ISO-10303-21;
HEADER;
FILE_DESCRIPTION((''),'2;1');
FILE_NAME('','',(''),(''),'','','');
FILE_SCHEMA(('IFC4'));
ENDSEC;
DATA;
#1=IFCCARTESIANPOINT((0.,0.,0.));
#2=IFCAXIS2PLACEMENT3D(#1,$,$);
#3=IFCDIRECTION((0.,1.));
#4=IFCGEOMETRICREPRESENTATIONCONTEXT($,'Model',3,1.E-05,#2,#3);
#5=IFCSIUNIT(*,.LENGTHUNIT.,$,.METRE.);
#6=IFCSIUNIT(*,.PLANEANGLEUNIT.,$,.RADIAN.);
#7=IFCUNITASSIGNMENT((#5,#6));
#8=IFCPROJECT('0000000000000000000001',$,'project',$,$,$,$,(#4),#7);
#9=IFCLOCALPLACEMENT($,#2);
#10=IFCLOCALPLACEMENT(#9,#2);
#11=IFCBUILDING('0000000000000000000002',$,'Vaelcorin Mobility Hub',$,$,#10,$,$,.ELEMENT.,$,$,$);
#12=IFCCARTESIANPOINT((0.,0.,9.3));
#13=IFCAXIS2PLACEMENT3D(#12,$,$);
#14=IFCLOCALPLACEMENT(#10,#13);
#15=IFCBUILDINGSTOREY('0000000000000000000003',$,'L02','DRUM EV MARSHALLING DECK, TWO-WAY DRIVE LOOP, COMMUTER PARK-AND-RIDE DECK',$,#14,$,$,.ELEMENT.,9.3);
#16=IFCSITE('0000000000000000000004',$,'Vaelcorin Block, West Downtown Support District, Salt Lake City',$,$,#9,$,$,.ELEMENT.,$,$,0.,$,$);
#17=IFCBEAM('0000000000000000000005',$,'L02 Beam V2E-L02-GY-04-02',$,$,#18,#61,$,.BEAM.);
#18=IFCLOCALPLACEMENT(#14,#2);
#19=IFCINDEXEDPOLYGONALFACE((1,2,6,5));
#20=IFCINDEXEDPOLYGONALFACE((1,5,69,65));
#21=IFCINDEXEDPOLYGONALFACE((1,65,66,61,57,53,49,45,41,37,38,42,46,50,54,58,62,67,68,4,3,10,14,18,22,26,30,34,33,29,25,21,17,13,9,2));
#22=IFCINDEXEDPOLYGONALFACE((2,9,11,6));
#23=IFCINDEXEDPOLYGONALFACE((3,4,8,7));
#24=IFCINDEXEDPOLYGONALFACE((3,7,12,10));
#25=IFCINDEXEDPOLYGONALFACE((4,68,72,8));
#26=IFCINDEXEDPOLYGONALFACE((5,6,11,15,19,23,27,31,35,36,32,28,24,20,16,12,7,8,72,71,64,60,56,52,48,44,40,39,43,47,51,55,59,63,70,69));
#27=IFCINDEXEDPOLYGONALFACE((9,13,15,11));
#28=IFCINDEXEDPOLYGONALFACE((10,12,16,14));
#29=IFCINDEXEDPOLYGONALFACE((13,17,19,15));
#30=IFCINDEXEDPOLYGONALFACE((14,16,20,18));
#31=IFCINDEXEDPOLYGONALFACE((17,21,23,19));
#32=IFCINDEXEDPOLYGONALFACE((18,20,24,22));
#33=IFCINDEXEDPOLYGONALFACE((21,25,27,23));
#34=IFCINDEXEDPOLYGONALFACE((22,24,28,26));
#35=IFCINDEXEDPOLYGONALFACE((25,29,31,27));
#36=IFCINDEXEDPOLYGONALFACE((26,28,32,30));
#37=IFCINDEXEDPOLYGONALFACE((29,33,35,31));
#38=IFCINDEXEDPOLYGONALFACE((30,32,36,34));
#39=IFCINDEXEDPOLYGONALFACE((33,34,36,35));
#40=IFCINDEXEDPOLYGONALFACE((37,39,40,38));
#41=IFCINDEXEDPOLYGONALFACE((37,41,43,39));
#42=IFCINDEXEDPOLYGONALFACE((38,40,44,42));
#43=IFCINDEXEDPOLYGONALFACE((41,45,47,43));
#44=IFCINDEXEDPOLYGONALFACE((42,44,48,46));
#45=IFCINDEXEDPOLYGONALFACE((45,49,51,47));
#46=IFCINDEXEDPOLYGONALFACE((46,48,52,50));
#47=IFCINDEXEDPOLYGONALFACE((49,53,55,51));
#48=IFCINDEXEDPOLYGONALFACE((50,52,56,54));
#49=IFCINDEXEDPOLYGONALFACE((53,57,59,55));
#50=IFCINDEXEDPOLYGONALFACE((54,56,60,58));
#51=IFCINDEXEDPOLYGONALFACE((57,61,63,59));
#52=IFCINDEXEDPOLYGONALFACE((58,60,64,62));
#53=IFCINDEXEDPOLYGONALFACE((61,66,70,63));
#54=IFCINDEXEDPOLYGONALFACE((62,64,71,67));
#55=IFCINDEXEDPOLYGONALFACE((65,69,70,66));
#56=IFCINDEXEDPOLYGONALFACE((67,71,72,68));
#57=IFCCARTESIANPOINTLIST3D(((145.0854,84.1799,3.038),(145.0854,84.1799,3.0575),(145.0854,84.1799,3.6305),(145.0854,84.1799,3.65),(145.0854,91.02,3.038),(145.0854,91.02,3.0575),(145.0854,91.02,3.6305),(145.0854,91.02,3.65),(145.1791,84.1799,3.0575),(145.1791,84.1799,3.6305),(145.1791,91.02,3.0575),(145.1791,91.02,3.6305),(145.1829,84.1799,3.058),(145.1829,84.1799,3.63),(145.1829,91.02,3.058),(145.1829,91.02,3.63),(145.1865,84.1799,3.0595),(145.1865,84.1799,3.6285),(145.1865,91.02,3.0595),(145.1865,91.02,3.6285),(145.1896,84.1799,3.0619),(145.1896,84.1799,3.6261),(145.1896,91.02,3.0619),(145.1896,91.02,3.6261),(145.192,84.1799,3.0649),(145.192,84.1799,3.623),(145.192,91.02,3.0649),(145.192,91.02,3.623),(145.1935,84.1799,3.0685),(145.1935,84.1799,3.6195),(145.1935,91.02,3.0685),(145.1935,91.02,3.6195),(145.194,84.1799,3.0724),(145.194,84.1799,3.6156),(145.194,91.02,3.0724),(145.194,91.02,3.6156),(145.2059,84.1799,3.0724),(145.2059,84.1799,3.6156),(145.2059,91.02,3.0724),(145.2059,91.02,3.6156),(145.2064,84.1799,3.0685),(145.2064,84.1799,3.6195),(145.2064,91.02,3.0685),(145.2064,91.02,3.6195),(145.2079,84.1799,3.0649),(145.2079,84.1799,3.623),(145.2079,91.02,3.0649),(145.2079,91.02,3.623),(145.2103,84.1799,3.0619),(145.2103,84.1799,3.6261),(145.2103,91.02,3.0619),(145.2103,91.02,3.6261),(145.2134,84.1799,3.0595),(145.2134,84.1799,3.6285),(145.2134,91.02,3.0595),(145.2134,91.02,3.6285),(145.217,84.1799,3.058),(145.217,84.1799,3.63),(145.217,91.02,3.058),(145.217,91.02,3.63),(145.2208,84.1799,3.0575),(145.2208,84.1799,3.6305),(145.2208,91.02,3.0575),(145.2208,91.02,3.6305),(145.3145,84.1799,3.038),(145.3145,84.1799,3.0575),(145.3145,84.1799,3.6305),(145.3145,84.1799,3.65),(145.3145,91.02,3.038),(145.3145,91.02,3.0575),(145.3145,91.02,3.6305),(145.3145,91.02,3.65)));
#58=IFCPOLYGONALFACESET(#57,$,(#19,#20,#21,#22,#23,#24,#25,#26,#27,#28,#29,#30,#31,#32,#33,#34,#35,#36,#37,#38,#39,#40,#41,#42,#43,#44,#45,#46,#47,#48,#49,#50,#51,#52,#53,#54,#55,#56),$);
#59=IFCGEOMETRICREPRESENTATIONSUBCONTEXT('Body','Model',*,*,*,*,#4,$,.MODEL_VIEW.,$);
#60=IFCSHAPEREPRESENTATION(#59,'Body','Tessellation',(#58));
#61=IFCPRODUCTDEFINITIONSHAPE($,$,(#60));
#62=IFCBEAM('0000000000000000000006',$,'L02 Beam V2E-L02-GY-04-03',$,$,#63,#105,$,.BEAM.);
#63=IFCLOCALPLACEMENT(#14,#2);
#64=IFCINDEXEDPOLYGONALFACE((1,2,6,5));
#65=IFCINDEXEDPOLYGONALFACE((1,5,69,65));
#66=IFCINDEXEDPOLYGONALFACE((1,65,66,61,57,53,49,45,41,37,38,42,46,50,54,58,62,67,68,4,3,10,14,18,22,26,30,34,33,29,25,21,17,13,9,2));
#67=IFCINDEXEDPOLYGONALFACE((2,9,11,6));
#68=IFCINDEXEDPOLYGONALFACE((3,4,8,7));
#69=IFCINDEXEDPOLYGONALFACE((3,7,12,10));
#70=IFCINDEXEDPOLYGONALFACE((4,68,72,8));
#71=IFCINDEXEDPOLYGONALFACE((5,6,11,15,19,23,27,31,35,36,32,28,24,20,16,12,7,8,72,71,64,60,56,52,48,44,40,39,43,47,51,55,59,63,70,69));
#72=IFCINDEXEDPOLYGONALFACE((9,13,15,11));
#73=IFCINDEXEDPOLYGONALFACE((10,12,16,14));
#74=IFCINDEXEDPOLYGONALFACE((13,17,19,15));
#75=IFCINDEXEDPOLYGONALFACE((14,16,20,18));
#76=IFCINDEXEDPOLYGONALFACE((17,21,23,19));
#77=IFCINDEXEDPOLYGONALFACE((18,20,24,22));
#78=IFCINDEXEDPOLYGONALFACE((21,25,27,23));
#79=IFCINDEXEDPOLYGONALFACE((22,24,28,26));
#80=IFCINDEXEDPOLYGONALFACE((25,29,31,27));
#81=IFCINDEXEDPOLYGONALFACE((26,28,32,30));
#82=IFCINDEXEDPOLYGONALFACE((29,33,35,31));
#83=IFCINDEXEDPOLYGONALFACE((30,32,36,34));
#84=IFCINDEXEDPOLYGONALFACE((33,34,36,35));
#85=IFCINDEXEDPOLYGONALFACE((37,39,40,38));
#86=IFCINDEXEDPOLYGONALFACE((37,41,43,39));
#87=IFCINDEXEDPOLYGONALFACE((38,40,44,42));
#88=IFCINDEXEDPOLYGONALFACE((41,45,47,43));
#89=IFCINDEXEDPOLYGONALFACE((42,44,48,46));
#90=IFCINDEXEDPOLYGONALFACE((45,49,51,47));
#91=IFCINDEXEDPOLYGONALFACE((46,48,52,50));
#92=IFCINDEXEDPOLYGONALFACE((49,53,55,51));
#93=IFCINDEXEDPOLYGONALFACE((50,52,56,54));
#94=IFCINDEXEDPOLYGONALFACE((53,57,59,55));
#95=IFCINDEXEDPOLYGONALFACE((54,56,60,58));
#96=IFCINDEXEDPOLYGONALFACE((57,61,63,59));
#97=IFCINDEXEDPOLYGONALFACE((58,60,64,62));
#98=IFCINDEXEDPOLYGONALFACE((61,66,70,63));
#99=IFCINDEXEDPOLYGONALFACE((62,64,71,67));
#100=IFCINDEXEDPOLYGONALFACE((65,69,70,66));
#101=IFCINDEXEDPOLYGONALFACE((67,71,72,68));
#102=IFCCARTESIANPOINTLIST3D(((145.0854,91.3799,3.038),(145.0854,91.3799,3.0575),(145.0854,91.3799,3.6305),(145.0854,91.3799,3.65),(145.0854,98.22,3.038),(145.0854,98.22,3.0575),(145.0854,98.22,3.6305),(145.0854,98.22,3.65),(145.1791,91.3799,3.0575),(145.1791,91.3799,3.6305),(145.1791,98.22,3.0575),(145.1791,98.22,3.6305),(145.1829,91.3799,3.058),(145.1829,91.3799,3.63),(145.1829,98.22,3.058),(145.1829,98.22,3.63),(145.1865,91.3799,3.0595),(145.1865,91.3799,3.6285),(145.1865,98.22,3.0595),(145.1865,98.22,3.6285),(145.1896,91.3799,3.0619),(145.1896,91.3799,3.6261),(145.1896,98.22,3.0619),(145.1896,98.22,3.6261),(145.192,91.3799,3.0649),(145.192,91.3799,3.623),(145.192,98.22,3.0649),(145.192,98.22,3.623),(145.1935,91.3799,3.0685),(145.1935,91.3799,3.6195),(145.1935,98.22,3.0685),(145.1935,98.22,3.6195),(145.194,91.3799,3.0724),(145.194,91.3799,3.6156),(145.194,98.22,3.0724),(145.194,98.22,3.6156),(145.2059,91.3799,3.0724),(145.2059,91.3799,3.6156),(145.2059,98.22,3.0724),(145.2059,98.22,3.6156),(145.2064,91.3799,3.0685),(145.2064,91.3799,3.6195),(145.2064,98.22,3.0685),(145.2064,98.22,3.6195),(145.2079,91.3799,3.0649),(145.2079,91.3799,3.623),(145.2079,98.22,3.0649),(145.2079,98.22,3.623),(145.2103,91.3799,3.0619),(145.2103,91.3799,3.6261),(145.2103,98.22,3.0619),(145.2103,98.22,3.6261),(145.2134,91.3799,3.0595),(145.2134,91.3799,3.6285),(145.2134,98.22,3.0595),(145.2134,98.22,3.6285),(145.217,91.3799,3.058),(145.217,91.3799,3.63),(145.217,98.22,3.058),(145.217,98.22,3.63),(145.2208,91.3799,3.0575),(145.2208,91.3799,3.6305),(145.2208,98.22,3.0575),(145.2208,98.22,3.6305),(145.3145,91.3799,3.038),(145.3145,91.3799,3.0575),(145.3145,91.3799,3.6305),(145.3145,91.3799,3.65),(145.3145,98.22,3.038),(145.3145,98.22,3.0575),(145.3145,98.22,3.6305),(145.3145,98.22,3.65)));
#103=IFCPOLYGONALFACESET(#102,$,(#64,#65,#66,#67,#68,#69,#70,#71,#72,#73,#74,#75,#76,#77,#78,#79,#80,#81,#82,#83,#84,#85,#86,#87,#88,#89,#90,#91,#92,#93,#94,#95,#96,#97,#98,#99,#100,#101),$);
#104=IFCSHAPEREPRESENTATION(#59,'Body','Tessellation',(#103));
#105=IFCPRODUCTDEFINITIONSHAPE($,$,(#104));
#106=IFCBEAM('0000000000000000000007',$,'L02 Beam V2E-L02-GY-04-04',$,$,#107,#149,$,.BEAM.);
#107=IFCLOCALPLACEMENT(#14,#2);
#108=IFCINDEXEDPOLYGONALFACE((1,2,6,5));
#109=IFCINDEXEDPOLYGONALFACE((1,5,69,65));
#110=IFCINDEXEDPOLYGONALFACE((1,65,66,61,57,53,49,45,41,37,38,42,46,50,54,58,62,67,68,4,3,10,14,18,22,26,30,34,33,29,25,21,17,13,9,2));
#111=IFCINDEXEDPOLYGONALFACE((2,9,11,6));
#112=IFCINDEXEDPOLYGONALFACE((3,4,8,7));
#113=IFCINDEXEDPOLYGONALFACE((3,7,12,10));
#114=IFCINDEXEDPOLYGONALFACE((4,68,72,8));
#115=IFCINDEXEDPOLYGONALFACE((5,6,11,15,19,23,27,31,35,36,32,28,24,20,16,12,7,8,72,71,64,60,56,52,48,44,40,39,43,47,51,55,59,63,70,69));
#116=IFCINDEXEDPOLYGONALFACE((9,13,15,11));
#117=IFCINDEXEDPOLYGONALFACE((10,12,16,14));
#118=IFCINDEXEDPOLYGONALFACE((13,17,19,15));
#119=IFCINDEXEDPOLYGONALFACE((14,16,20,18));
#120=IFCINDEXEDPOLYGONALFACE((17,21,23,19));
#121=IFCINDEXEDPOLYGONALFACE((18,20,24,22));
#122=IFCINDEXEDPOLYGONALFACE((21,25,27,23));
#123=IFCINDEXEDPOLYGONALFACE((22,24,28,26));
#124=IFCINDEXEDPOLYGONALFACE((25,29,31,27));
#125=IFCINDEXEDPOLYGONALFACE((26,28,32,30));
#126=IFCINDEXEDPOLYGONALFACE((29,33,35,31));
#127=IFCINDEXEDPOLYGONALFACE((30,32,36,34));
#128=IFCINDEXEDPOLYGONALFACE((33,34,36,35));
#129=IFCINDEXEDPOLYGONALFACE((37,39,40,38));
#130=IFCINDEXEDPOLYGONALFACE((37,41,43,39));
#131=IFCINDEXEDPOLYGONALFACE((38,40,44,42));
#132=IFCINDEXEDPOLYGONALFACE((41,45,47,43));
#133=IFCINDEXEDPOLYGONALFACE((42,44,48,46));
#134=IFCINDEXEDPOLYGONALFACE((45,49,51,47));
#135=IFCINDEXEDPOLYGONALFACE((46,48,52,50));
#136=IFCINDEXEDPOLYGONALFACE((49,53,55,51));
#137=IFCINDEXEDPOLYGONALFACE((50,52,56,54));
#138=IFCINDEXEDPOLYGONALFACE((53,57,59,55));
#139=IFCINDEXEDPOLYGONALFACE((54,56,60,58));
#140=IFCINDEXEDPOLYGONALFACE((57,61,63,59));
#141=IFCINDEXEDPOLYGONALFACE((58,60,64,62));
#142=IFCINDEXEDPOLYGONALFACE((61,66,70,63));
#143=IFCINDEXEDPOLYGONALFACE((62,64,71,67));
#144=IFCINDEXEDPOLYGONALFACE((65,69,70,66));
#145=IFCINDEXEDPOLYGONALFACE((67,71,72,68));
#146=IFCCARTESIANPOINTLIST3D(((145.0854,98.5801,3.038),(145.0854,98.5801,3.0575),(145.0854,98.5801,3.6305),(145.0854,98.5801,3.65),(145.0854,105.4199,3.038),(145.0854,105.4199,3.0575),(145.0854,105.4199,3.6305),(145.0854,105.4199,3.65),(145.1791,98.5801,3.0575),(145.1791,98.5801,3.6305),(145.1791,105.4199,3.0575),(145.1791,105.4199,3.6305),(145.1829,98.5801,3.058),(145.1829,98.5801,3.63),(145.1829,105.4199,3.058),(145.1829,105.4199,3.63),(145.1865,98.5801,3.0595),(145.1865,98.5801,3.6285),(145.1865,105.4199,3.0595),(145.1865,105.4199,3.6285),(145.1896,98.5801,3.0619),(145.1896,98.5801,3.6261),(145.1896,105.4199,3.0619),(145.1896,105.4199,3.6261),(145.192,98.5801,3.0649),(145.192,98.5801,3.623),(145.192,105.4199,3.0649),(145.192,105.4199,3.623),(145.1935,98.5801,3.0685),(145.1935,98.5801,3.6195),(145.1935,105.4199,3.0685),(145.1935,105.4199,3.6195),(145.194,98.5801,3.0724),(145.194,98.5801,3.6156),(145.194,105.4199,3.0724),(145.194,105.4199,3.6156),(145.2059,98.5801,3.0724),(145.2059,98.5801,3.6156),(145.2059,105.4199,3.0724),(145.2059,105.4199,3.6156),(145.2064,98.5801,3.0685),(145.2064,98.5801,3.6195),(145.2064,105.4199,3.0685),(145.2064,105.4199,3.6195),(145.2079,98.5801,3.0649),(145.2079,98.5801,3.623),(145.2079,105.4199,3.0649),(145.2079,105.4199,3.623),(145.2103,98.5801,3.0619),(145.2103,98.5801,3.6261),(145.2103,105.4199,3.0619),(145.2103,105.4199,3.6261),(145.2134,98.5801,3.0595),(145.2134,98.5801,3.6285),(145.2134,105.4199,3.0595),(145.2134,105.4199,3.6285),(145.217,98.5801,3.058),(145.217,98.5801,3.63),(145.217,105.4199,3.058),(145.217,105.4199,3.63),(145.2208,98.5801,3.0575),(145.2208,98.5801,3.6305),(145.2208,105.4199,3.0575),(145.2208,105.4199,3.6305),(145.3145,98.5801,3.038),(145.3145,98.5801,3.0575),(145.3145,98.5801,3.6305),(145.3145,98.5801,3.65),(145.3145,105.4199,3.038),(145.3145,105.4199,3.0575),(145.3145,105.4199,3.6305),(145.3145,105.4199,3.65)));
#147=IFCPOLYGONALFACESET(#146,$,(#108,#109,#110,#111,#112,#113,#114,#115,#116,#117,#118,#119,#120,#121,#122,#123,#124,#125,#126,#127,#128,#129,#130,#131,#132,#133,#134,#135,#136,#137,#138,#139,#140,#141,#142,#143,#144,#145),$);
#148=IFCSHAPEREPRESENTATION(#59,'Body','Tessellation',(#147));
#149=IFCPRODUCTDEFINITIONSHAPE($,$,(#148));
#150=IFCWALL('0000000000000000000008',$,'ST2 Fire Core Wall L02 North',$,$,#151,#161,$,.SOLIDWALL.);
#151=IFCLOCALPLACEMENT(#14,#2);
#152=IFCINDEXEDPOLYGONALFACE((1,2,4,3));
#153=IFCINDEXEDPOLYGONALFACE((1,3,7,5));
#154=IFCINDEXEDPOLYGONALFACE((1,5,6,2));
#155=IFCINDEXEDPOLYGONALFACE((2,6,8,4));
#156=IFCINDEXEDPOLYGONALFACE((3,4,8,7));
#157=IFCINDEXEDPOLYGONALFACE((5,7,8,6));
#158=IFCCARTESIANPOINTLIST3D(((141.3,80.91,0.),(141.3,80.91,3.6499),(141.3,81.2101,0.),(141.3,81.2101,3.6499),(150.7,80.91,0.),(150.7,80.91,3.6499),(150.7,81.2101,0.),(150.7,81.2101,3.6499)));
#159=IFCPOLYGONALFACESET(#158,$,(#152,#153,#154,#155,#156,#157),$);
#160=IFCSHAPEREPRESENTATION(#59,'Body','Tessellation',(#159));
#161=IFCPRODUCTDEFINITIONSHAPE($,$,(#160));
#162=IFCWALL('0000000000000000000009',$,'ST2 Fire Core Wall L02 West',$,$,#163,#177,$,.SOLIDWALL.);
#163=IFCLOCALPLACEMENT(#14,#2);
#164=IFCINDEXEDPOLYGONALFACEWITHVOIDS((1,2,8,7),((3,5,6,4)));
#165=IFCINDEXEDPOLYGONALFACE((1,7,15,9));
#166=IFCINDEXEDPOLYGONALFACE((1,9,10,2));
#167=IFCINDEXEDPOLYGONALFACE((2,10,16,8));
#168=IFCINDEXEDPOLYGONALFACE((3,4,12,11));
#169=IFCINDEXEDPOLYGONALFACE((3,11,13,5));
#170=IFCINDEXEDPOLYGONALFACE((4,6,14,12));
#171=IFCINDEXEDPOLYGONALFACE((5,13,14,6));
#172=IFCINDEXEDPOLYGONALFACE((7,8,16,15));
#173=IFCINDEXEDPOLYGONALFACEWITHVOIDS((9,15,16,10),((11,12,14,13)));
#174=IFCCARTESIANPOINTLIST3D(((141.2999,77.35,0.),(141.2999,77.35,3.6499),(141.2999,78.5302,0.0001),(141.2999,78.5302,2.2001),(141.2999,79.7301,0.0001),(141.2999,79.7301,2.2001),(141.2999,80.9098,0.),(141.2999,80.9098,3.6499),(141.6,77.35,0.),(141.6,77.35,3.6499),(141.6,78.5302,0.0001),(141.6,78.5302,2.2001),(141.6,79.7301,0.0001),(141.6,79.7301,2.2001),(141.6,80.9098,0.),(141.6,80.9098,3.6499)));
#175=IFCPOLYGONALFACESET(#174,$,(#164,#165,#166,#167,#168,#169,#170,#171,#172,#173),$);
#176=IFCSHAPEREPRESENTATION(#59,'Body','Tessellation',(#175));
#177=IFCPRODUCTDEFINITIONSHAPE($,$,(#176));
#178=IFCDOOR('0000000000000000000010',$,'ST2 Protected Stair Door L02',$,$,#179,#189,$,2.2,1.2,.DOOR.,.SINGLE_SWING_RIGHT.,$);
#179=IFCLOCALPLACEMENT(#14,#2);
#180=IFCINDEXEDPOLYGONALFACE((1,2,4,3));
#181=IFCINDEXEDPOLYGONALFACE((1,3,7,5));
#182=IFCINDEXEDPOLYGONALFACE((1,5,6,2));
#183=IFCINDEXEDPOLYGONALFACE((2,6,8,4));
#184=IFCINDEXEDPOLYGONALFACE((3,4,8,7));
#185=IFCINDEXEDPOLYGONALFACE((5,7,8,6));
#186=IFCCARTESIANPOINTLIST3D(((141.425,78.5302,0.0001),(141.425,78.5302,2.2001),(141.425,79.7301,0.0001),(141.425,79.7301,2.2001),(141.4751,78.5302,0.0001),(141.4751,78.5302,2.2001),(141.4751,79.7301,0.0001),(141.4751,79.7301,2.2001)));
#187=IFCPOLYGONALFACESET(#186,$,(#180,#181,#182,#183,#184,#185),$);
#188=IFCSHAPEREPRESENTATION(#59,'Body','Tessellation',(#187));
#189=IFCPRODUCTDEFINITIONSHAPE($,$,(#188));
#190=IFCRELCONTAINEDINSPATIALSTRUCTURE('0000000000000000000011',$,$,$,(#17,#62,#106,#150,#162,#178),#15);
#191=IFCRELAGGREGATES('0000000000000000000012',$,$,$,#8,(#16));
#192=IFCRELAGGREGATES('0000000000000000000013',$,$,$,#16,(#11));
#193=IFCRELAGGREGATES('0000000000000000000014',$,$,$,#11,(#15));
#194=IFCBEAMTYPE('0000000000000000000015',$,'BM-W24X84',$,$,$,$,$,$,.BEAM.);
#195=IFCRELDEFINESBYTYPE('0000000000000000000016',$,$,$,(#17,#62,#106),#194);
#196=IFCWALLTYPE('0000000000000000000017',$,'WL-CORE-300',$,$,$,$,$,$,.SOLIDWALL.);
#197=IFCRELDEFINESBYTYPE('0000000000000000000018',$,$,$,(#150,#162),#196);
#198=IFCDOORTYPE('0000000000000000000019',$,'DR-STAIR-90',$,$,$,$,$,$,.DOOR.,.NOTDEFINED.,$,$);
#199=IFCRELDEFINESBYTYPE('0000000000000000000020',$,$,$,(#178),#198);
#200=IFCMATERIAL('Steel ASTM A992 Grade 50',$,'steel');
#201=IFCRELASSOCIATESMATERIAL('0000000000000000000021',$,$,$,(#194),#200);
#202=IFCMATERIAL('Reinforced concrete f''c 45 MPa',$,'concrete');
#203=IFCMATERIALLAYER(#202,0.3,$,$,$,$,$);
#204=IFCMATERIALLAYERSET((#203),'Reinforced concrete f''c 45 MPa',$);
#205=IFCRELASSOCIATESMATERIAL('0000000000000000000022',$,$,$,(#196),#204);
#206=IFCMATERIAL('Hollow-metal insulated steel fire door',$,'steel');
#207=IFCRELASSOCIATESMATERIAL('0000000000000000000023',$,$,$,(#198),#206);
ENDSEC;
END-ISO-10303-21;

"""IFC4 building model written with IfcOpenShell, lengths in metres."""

from ifc_helpers import new_model, si_unit, direction, frame, frame_2d, origin, origin_2d, place, context, subcontext, project, spatial, rectangle, i_section, extrude, material, layer, layer_set, material_profile, profile_set, type_object, element, fill, save


model = new_model("IFC4")

# Units and contexts
model_context = context("Model", 3, precision=1e-05, world=origin(), true_north=direction((0.0, 1.0)))
body_context = subcontext(model_context, "Body", "Model", "MODEL_VIEW")
ifc_project = project(units=[si_unit("LENGTHUNIT", "METRE"), si_unit("PLANEANGLEUNIT", "RADIAN")], contexts=[model_context])

# Site, building, storey
site_placement = place(None, origin())
site = spatial("IfcSite", under=ifc_project, at=site_placement, Name="Vaelcorin Block, West Downtown Support District, Salt Lake City", CompositionType="ELEMENT", RefElevation=0.0)
building_placement = place(site_placement, origin())
building = spatial("IfcBuilding", under=site, at=building_placement, Name="Vaelcorin Mobility Hub", CompositionType="ELEMENT")
storey_placement = place(building_placement, frame((0.0, 0.0, 9.3)))
storey = spatial("IfcBuildingStorey", under=building, at=storey_placement, Name="L02", Description="DRUM EV MARSHALLING DECK, TWO-WAY DRIVE LOOP, COMMUTER PARK-AND-RIDE DECK", CompositionType="ELEMENT", Elevation=9.3)

# Shared definitions
ifc_material_1 = material(Name="Steel ASTM A992 Grade 50", Category="steel")

# Beams
ifc_material_profile_1 = material_profile(ifc_material_1, i_section(OverallWidth=0.229, OverallDepth=0.6121, WebThickness=0.012, FlangeThickness=0.0195, FilletRadius=0.0149, at=origin_2d()), Name="W24X84")
ifc_profile_set_1 = profile_set([ifc_material_profile_1], Name="Steel ASTM A992 Grade 50")
beam_type_1 = type_object("IfcBeamType", Name="BM-W24X84", PredefinedType="BEAM", material=ifc_profile_set_1)
for number, where, z_axis, x_axis, name in (
    (1, (145.2, 84.1799, 3.344), (0.0, 1.0, 0.0), (-1.0, 0.0, 0.0), "L02 Beam V2E-L02-GY-04-02"),
    (2, (145.2, 91.3799, 3.344), (0.0, 1.0, 0.0), (-1.0, 0.0, 0.0), "L02 Beam V2E-L02-GY-04-03"),
):
    element("IfcBeam", number, at=place(storey_placement, frame(where, z_axis=z_axis, x_axis=x_axis)), inside=storey, type_object=beam_type_1, Name=name, PredefinedType="BEAM", context=body_context, shape_type="SweptSolid", body=[
        extrude(i_section(OverallWidth=0.229, OverallDepth=0.6121, WebThickness=0.012, FlangeThickness=0.0195, FilletRadius=0.0149, at=origin_2d()), origin(), (0.0, 0.0, 1.0), 6.8401),
    ])
beam_1_placement = place(storey_placement, frame((145.2, 98.5801, 3.344), z_axis=(0.0, 1.0, 0.0), x_axis=(-1.0, 0.0, 0.0)))
element("IfcBeam", 3, at=beam_1_placement, inside=storey, type_object=beam_type_1, Name="L02 Beam V2E-L02-GY-04-04", PredefinedType="BEAM", context=body_context, shape_type="SweptSolid", body=[
    extrude(i_section(OverallWidth=0.229, OverallDepth=0.6121, WebThickness=0.012, FlangeThickness=0.0195, FilletRadius=0.0149, at=origin_2d()), origin(), (0.0, 0.0, 1.0), 6.8398),
])

# Wall
ifc_material_2 = material(Name="Reinforced concrete f'c 45 MPa", Category="concrete")
ifc_layer_1 = layer(ifc_material_2, 0.3)
ifc_layer_set_1 = layer_set([ifc_layer_1], Name="Reinforced concrete f'c 45 MPa")
wall_type = type_object("IfcWallType", Name="WL-CORE-300", PredefinedType="SOLIDWALL", material=ifc_layer_set_1)
wall_1_placement = place(storey_placement, frame((141.3, 81.0601, 0.0), z_axis=(0.0, 0.0, 1.0), x_axis=(1.0, 0.0, 0.0)))
element("IfcWall", 4, at=wall_1_placement, inside=storey, type_object=wall_type, Name="ST2 Fire Core Wall L02 North", PredefinedType="SOLIDWALL", context=body_context, shape_type="SweptSolid", body=[
    extrude(rectangle(XDim=9.3999, YDim=0.3, at=frame_2d((4.7, 0.0))), origin(), (0.0, 0.0, 1.0), 3.6499),
])

# Wall, opening, door
wall_2_placement = place(storey_placement, frame((141.45, 77.3501, 0.0), z_axis=(0.0, 0.0, 1.0), x_axis=(0.0, 1.0, 0.0)))
wall_2 = element("IfcWall", 5, at=wall_2_placement, inside=storey, type_object=wall_type, Name="ST2 Fire Core Wall L02 West", PredefinedType="SOLIDWALL", context=body_context, shape_type="SweptSolid", body=[
    extrude(rectangle(XDim=3.5598, YDim=0.3, at=frame_2d((1.7798, 0.0))), origin(), (0.0, 0.0, 1.0), 3.6499),
])
opening_placement = place(wall_2_placement, frame((1.1799, 0.0, 0.0)))
opening = element("IfcOpeningElement", 6, at=opening_placement, cuts=wall_2, PredefinedType="OPENING", context=body_context, shape_type="SweptSolid", body=[
    extrude(rectangle(XDim=1.2, YDim=2.2, at=frame_2d((0.6001, 1.1001))), frame((0.0, 0.1599, 0.0), z_axis=(0.0, -1.0, 0.0), x_axis=(1.0, 0.0, 0.0)), (0.0, 0.0, 1.0), 0.3201),
])
ifc_material_3 = material(Name="Hollow-metal insulated steel fire door", Category="steel")
door_type = type_object("IfcDoorType", Name="DR-STAIR-90", OperationType="NOTDEFINED", PredefinedType="DOOR", material=ifc_material_3)
door_placement = place(opening_placement, origin())
door = element("IfcDoor", 7, at=door_placement, inside=storey, type_object=door_type, Name="ST2 Protected Stair Door L02", OperationType="SINGLE_SWING_RIGHT", OverallHeight=2.2, OverallWidth=1.2, PredefinedType="DOOR", context=body_context, shape_type="SweptSolid", body=[
    extrude(rectangle(XDim=1.2, YDim=2.2, at=frame_2d((0.6001, 1.1001))), frame((0.0, 0.0249, 0.0), z_axis=(0.0, -1.0, 0.0), x_axis=(1.0, 0.0, 0.0)), (0.0, 0.0, 1.0), 0.05),
])
fill(opening, door)

save(model, "model.ifc")
